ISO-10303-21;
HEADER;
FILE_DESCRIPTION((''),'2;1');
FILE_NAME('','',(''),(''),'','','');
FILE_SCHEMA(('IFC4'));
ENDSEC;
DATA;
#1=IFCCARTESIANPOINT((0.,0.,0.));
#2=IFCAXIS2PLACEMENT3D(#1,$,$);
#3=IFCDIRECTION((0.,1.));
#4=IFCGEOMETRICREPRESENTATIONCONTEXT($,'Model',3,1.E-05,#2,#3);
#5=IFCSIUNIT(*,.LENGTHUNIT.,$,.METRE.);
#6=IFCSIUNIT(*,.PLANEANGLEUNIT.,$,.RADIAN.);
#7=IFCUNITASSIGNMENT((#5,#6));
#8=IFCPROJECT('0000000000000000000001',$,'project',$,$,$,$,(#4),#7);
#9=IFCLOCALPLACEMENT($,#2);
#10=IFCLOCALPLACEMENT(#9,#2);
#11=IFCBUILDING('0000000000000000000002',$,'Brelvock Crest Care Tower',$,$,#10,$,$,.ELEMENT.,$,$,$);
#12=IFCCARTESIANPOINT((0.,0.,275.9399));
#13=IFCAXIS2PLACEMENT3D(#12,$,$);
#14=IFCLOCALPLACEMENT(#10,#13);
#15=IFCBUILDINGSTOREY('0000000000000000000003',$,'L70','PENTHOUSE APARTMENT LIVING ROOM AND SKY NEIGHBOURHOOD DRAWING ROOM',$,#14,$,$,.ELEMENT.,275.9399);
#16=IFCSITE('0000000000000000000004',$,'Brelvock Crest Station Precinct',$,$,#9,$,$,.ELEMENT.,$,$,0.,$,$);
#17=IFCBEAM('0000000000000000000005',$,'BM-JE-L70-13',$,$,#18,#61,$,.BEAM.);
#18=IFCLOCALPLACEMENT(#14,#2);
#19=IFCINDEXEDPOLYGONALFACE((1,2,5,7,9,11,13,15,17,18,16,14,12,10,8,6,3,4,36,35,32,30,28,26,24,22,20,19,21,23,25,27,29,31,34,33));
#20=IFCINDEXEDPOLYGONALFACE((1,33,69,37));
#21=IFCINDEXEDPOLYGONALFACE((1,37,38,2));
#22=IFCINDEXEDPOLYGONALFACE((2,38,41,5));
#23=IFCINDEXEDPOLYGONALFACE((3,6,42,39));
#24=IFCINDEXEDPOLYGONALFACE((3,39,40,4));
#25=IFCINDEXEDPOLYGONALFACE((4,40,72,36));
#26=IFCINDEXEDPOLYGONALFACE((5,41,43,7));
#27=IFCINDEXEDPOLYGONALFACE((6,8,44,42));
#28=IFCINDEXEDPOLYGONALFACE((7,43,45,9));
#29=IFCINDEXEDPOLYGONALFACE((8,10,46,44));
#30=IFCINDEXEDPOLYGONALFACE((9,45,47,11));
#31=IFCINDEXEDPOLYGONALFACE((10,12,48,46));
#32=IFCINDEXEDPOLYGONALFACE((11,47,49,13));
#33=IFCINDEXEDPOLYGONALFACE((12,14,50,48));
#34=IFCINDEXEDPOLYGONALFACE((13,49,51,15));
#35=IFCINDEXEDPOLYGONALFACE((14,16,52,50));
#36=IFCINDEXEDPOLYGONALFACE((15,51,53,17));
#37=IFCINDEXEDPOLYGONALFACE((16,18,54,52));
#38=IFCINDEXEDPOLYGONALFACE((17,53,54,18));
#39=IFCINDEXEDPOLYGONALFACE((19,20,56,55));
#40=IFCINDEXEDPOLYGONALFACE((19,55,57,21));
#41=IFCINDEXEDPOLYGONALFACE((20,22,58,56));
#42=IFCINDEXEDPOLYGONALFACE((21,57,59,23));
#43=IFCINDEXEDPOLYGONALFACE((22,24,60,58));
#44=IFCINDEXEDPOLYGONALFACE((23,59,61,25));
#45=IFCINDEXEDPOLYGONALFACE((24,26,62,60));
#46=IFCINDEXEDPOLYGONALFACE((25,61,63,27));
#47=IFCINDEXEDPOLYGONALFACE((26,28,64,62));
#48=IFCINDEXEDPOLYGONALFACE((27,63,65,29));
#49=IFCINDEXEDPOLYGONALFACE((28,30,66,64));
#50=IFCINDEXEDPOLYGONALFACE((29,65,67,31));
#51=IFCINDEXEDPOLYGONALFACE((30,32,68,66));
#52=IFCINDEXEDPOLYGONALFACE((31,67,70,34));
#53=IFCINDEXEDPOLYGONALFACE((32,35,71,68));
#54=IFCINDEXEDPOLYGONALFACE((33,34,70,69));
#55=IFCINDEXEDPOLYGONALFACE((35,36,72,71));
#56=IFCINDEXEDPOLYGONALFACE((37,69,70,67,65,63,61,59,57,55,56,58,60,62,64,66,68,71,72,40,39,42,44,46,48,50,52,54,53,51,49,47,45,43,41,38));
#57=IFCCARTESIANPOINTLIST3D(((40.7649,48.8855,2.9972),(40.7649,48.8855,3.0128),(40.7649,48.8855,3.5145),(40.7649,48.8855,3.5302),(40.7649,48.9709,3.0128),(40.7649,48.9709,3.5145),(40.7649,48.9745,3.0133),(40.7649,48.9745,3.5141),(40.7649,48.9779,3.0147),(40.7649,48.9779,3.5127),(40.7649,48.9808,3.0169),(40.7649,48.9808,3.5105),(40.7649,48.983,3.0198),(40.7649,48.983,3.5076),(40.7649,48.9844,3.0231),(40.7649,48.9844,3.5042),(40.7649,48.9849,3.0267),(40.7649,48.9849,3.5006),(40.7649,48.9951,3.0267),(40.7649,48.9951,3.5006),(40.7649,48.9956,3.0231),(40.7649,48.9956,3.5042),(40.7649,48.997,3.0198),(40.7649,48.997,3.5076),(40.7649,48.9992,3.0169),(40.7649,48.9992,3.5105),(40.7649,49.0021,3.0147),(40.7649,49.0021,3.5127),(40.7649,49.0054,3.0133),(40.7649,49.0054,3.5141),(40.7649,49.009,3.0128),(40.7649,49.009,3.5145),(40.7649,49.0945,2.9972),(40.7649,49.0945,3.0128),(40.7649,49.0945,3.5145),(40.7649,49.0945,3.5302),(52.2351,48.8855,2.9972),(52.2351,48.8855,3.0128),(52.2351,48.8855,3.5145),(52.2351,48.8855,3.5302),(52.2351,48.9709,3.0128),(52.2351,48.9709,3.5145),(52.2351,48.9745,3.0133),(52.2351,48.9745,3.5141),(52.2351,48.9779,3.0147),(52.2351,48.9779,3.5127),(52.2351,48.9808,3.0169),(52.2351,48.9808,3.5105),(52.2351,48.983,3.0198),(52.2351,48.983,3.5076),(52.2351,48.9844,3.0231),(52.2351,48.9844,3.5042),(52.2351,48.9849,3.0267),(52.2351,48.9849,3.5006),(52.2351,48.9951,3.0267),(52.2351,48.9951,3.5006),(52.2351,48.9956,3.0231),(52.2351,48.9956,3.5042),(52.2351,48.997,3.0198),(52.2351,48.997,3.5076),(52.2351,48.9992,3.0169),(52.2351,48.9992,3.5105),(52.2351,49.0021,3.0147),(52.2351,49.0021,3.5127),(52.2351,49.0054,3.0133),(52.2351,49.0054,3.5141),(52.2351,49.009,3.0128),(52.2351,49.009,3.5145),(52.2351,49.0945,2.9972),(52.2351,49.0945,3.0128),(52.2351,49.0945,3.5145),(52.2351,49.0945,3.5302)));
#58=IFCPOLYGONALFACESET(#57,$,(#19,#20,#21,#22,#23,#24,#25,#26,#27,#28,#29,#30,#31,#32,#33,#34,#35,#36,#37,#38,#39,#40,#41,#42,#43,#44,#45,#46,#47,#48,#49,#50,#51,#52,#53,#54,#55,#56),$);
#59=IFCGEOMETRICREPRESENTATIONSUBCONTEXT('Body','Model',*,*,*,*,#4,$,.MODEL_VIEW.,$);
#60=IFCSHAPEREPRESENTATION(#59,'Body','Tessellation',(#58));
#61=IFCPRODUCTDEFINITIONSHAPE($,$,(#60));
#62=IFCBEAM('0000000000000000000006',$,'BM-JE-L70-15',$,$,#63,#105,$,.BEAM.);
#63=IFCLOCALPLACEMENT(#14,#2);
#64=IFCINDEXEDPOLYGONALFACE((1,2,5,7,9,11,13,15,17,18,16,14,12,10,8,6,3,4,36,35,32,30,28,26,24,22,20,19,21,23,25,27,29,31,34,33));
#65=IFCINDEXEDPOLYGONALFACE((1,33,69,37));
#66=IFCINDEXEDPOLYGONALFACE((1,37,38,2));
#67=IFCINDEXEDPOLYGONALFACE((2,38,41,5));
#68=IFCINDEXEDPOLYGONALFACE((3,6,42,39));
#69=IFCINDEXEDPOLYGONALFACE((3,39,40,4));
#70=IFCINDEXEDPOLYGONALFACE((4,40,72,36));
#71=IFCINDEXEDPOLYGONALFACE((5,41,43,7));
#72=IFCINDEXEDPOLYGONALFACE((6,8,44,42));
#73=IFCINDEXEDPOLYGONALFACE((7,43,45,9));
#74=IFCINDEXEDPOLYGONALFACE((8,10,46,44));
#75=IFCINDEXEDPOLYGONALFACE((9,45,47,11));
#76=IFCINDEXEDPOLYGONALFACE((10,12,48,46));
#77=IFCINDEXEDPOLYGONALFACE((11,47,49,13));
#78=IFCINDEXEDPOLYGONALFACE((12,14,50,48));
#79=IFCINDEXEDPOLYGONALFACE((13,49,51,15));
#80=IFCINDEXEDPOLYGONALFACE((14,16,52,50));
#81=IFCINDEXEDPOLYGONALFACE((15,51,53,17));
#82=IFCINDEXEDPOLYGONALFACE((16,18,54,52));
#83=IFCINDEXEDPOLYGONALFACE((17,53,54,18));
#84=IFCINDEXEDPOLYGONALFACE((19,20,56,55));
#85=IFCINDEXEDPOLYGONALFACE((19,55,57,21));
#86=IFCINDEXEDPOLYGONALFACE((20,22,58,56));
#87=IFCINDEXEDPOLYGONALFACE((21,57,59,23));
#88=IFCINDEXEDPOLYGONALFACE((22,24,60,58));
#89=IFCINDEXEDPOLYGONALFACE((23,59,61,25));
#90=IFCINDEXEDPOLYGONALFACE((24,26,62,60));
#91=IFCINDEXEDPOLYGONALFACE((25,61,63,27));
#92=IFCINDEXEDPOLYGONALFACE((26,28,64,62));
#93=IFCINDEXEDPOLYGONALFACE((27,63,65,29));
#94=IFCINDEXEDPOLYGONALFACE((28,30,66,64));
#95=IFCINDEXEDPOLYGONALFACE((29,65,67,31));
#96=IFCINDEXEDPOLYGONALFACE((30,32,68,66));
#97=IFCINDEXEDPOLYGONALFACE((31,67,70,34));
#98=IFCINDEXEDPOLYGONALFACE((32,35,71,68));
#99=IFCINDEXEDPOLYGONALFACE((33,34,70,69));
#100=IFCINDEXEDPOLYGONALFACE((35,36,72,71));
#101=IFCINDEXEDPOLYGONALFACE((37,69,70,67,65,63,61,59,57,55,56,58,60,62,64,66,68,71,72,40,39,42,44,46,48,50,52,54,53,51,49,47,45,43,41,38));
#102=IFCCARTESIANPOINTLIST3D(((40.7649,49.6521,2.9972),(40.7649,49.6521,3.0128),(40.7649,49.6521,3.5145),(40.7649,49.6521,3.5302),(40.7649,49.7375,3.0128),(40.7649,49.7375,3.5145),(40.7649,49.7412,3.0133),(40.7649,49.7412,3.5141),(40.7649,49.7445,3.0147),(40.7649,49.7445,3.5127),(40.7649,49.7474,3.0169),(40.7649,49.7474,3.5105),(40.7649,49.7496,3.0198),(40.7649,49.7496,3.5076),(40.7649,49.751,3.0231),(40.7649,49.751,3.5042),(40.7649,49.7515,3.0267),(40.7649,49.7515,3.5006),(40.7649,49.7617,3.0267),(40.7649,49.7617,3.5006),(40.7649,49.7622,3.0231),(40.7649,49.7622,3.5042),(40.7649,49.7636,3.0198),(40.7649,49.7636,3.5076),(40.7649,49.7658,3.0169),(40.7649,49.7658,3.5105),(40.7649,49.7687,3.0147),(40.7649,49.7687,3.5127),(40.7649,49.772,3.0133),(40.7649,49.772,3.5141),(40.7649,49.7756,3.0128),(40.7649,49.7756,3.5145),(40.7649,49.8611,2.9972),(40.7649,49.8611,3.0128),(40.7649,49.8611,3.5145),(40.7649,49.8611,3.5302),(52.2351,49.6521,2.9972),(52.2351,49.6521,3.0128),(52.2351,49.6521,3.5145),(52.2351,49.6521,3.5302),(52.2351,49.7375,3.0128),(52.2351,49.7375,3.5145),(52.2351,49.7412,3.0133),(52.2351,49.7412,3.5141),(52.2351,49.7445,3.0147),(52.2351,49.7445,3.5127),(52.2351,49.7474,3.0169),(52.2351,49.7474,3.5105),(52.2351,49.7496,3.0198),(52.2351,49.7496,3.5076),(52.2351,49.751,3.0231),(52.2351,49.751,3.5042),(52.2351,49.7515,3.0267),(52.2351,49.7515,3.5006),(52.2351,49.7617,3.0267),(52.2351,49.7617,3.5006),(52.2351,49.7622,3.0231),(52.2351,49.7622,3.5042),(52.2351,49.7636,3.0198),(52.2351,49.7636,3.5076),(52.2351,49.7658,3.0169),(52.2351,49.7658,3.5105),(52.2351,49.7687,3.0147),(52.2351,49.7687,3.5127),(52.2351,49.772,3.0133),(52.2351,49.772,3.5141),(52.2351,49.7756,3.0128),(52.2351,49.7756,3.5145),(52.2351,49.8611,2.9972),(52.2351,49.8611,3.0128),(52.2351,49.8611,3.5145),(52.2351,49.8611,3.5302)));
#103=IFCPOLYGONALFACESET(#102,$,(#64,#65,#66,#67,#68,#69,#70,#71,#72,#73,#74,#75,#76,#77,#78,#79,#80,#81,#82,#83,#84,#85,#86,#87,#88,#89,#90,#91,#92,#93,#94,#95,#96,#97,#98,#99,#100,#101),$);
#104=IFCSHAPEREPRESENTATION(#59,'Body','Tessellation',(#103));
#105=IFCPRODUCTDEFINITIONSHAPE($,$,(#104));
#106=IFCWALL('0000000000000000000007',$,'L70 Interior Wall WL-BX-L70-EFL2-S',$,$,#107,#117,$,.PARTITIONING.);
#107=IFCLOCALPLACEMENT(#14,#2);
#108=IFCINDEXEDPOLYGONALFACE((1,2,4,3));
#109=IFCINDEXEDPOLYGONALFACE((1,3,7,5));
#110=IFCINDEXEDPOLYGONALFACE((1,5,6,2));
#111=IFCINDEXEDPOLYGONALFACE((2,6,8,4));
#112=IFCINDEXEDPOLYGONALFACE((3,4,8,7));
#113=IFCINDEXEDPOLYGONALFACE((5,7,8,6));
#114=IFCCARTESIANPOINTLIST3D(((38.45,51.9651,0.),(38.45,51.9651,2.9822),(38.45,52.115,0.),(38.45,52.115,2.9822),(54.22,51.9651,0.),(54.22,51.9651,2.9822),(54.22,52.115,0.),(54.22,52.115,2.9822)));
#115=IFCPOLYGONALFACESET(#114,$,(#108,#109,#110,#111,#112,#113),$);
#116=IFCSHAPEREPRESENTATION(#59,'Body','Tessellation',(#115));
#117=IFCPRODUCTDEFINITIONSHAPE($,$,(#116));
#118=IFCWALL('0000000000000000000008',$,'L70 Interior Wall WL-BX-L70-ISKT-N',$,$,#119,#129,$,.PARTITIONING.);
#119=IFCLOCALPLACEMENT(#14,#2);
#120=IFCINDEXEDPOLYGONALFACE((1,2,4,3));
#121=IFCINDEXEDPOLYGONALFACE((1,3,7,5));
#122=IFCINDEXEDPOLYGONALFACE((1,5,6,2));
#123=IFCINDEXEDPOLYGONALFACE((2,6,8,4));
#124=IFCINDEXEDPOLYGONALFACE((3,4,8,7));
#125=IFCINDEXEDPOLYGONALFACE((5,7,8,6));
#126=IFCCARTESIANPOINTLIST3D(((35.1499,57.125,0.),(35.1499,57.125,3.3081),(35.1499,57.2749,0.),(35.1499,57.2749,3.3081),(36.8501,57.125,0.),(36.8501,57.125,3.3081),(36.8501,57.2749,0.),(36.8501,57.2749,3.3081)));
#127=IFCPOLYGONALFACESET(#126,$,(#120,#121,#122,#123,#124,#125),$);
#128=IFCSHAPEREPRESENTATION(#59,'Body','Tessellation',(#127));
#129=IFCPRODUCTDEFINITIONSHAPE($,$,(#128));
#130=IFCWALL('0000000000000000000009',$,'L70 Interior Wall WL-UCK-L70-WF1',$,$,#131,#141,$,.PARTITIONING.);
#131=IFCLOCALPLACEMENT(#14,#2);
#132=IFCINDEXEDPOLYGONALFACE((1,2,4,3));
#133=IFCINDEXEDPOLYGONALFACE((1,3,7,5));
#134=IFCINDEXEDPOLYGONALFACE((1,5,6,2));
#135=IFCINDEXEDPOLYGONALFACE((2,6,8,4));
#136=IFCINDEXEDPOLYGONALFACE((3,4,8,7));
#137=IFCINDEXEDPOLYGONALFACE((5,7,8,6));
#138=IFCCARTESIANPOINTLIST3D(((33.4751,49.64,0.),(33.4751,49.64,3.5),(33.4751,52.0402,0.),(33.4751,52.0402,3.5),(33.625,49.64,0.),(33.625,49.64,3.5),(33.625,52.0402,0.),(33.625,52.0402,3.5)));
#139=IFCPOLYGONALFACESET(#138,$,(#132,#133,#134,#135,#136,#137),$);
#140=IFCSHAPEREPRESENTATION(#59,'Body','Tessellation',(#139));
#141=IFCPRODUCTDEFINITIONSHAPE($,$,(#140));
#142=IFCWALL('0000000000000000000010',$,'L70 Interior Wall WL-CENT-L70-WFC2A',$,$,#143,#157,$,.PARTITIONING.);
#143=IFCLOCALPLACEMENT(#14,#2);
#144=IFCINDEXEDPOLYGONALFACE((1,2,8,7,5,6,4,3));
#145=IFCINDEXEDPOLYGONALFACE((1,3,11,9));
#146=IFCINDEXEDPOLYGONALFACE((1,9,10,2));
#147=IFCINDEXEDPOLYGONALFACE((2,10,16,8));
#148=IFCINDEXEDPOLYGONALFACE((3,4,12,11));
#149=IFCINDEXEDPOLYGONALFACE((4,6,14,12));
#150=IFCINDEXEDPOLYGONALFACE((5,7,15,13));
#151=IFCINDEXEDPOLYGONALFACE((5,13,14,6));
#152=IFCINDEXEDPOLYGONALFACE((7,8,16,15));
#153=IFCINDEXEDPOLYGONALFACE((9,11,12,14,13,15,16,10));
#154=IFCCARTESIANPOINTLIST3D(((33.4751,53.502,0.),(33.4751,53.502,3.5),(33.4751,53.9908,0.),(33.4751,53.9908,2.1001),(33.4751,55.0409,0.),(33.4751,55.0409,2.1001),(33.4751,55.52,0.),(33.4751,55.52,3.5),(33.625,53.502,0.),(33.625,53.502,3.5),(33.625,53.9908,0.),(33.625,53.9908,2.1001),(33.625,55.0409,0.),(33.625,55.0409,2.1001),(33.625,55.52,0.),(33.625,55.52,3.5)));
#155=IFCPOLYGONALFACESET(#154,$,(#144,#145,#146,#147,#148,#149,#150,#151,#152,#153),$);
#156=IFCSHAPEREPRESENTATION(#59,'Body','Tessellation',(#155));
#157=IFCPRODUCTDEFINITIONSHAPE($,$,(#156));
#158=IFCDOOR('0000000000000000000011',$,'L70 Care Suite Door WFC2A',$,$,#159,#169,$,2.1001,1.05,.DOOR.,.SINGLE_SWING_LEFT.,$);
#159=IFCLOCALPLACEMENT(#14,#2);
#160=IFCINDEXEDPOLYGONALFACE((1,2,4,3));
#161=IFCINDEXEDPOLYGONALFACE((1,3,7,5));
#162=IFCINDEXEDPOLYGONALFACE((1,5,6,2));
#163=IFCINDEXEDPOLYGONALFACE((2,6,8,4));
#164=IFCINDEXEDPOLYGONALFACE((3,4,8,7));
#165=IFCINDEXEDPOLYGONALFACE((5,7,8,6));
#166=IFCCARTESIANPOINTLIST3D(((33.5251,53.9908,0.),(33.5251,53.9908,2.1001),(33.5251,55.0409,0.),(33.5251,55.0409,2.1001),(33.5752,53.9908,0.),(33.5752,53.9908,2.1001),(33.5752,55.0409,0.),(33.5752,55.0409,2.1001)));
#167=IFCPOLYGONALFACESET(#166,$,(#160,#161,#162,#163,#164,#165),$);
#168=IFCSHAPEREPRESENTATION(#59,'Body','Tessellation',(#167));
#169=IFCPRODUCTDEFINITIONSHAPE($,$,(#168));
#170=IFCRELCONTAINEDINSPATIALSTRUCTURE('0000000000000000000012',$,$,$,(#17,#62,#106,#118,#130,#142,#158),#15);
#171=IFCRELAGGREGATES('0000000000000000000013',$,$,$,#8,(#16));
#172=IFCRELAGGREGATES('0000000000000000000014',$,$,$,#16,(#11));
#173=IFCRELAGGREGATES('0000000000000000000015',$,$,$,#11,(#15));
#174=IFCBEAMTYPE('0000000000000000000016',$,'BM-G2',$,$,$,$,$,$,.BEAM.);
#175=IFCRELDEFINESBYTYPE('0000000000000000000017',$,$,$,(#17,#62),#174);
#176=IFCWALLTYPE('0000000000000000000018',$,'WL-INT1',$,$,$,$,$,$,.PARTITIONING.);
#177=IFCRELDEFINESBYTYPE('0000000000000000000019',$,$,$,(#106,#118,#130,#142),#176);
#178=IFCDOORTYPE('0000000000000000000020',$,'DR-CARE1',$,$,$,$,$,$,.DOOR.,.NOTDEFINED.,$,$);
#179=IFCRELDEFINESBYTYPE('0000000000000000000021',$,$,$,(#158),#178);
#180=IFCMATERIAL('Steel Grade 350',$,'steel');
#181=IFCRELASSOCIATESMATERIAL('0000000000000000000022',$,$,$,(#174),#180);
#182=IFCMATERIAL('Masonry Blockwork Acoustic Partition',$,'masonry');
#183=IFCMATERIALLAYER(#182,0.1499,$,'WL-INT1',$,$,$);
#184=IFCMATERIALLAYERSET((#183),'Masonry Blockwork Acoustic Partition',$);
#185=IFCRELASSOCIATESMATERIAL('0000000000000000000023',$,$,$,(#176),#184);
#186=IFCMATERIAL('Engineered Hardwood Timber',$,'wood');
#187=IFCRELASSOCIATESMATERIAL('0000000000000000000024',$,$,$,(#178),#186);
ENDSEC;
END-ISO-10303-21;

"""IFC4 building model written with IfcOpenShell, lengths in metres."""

from ifc_helpers import new_model, si_unit, direction, frame, frame_2d, origin, origin_2d, place, context, subcontext, project, spatial, rectangle, i_section, extrude, source, transform, mapped, material, layer, layer_set, material_profile, profile_set, type_object, element, fill, save


model = new_model("IFC4")

# Units and contexts
model_context = context("Model", 3, precision=1e-05, world=origin(), true_north=direction((0.0, 1.0)))
body_context = subcontext(model_context, "Body", "Model", "MODEL_VIEW")
ifc_project = project(units=[si_unit("LENGTHUNIT", "METRE"), si_unit("PLANEANGLEUNIT", "RADIAN")], contexts=[model_context])

# Site, building, storey
site_placement = place(None, origin())
site = spatial("IfcSite", under=ifc_project, at=site_placement, Name="Brelvock Crest Station Precinct", CompositionType="ELEMENT", RefElevation=0.0)
building_placement = place(site_placement, origin())
building = spatial("IfcBuilding", under=site, at=building_placement, Name="Brelvock Crest Care Tower", CompositionType="ELEMENT")
storey_placement = place(building_placement, frame((0.0, 0.0, 275.9399)))
storey = spatial("IfcBuildingStorey", under=building, at=storey_placement, Name="L70", Description="PENTHOUSE APARTMENT LIVING ROOM AND SKY NEIGHBOURHOOD DRAWING ROOM", CompositionType="ELEMENT", Elevation=275.9399)

# Beams
ifc_material_1 = material(Name="Steel Grade 350", Category="steel")
ifc_material_profile_1 = material_profile(ifc_material_1, i_section(OverallWidth=0.209, OverallDepth=0.533, WebThickness=0.0103, FlangeThickness=0.0156, FilletRadius=0.0139, at=origin_2d()), Name="530UB92.4")
ifc_profile_set_1 = profile_set([ifc_material_profile_1], Name="Steel Grade 350")
beam_type_1 = type_object("IfcBeamType", Name="BM-G2", PredefinedType="BEAM", material=ifc_profile_set_1)
shared_shape_1 = source(origin(), body_context, "Body", "SweptSolid", [
    extrude(i_section(OverallWidth=0.209, OverallDepth=0.533, WebThickness=0.0103, FlangeThickness=0.0156, FilletRadius=0.0139, at=origin_2d()), origin(), (0.0, 0.0, 1.0), 11.4702),
])
for number, where, z_axis, x_axis, name in (
    (1, (40.7649, 48.99, 3.2637), (1.0, 0.0, 0.0), (0.0, 1.0, 0.0), "BM-JE-L70-13"),
    (2, (40.7649, 49.7566, 3.2637), (1.0, 0.0, 0.0), (0.0, 1.0, 0.0), "BM-JE-L70-15"),
):
    element("IfcBeam", number, at=place(storey_placement, frame(where, z_axis=z_axis, x_axis=x_axis)), inside=storey, type_object=beam_type_1, Name=name, PredefinedType="BEAM", context=body_context, shape_type="MappedRepresentation", body=[
        mapped(shared_shape_1, transform((0.0, 0.0, 0.0), x_axis=(1.0, 0.0, 0.0), y_axis=(0.0, 1.0, 0.0), z_axis=(0.0, 0.0, 1.0), scale=1.0)),
    ])

# Walls
ifc_material_2 = material(Name="Masonry Blockwork Acoustic Partition", Category="masonry")
ifc_layer_1 = layer(ifc_material_2, 0.1499, Name="WL-INT1")
ifc_layer_set_1 = layer_set([ifc_layer_1], Name="Masonry Blockwork Acoustic Partition")
wall_type_1 = type_object("IfcWallType", Name="WL-INT1", PredefinedType="PARTITIONING", material=ifc_layer_set_1)
wall_1_placement = place(storey_placement, frame((38.45, 52.04, 0.0), z_axis=(0.0, 0.0, 1.0), x_axis=(1.0, 0.0, 0.0)))
element("IfcWall", 3, at=wall_1_placement, inside=storey, type_object=wall_type_1, Name="L70 Interior Wall WL-BX-L70-EFL2-S", PredefinedType="PARTITIONING", context=body_context, shape_type="SweptSolid", body=[
    extrude(rectangle(XDim=15.77, YDim=0.1499, at=frame_2d((7.885, 0.0))), origin(), (0.0, 0.0, 1.0), 2.9822),
])
wall_2_placement = place(storey_placement, frame((35.1499, 57.2, 0.0), z_axis=(0.0, 0.0, 1.0), x_axis=(1.0, 0.0, 0.0)))
element("IfcWall", 4, at=wall_2_placement, inside=storey, type_object=wall_type_1, Name="L70 Interior Wall WL-BX-L70-ISKT-N", PredefinedType="PARTITIONING", context=body_context, shape_type="SweptSolid", body=[
    extrude(rectangle(XDim=1.7002, YDim=0.1499, at=frame_2d((0.8501, 0.0))), origin(), (0.0, 0.0, 1.0), 3.3081),
])
wall_3_placement = place(storey_placement, frame((33.55, 49.6399, 0.0), z_axis=(0.0, 0.0, 1.0), x_axis=(0.0, 1.0, 0.0)))
element("IfcWall", 5, at=wall_3_placement, inside=storey, type_object=wall_type_1, Name="L70 Interior Wall WL-UCK-L70-WF1", PredefinedType="PARTITIONING", context=body_context, shape_type="SweptSolid", body=[
    extrude(rectangle(XDim=2.4001, YDim=0.1499, at=frame_2d((1.2002, 0.0))), origin(), (0.0, 0.0, 1.0), 3.5),
])

# Wall, opening, door
wall_4_placement = place(storey_placement, frame((33.55, 53.502, 0.0), z_axis=(0.0, 0.0, 1.0), x_axis=(0.0, 1.0, 0.0)))
wall_4 = element("IfcWall", 6, at=wall_4_placement, inside=storey, type_object=wall_type_1, Name="L70 Interior Wall WL-CENT-L70-WFC2A", PredefinedType="PARTITIONING", context=body_context, shape_type="SweptSolid", body=[
    extrude(rectangle(XDim=2.0181, YDim=0.1499, at=frame_2d((1.009, 0.0))), origin(), (0.0, 0.0, 1.0), 3.5),
])
opening_1_placement = place(wall_4_placement, frame((0.489, 0.0, 0.0)))
opening_1 = element("IfcOpeningElement", 7, at=opening_1_placement, cuts=wall_4, PredefinedType="OPENING", context=body_context, shape_type="SweptSolid", body=[
    extrude(rectangle(XDim=1.05, YDim=2.1001, at=origin_2d()), frame((0.5249, 0.085, 1.05), z_axis=(0.0, -1.0, 0.0), x_axis=(1.0, 0.0, 0.0)), (0.0, 0.0, 1.0), 0.1699),
])
ifc_material_3 = material(Name="Engineered Hardwood Timber", Category="wood")
door_type_1 = type_object("IfcDoorType", Name="DR-CARE1", OperationType="NOTDEFINED", PredefinedType="DOOR", material=ifc_material_3)
shared_shape_2 = source(origin(), body_context, "Body", "SweptSolid", [
    extrude(rectangle(XDim=1.05, YDim=2.1001, at=origin_2d()), frame((0.5249, 0.0249, 1.05), z_axis=(0.0, -1.0, 0.0), x_axis=(1.0, 0.0, 0.0)), (0.0, 0.0, 1.0), 0.05),
])
door_1_placement = place(opening_1_placement, origin())
door_1 = element("IfcDoor", 8, at=door_1_placement, inside=storey, type_object=door_type_1, Name="L70 Care Suite Door WFC2A", OperationType="SINGLE_SWING_LEFT", OverallHeight=2.1001, OverallWidth=1.05, PredefinedType="DOOR", context=body_context, shape_type="MappedRepresentation", body=[
    mapped(shared_shape_2, transform((0.0, 0.0, 0.0), x_axis=(1.0, 0.0, 0.0), y_axis=(0.0, 1.0, 0.0), z_axis=(0.0, 0.0, 1.0), scale=1.0)),
])
fill(opening_1, door_1)

save(model, "model.ifc")
